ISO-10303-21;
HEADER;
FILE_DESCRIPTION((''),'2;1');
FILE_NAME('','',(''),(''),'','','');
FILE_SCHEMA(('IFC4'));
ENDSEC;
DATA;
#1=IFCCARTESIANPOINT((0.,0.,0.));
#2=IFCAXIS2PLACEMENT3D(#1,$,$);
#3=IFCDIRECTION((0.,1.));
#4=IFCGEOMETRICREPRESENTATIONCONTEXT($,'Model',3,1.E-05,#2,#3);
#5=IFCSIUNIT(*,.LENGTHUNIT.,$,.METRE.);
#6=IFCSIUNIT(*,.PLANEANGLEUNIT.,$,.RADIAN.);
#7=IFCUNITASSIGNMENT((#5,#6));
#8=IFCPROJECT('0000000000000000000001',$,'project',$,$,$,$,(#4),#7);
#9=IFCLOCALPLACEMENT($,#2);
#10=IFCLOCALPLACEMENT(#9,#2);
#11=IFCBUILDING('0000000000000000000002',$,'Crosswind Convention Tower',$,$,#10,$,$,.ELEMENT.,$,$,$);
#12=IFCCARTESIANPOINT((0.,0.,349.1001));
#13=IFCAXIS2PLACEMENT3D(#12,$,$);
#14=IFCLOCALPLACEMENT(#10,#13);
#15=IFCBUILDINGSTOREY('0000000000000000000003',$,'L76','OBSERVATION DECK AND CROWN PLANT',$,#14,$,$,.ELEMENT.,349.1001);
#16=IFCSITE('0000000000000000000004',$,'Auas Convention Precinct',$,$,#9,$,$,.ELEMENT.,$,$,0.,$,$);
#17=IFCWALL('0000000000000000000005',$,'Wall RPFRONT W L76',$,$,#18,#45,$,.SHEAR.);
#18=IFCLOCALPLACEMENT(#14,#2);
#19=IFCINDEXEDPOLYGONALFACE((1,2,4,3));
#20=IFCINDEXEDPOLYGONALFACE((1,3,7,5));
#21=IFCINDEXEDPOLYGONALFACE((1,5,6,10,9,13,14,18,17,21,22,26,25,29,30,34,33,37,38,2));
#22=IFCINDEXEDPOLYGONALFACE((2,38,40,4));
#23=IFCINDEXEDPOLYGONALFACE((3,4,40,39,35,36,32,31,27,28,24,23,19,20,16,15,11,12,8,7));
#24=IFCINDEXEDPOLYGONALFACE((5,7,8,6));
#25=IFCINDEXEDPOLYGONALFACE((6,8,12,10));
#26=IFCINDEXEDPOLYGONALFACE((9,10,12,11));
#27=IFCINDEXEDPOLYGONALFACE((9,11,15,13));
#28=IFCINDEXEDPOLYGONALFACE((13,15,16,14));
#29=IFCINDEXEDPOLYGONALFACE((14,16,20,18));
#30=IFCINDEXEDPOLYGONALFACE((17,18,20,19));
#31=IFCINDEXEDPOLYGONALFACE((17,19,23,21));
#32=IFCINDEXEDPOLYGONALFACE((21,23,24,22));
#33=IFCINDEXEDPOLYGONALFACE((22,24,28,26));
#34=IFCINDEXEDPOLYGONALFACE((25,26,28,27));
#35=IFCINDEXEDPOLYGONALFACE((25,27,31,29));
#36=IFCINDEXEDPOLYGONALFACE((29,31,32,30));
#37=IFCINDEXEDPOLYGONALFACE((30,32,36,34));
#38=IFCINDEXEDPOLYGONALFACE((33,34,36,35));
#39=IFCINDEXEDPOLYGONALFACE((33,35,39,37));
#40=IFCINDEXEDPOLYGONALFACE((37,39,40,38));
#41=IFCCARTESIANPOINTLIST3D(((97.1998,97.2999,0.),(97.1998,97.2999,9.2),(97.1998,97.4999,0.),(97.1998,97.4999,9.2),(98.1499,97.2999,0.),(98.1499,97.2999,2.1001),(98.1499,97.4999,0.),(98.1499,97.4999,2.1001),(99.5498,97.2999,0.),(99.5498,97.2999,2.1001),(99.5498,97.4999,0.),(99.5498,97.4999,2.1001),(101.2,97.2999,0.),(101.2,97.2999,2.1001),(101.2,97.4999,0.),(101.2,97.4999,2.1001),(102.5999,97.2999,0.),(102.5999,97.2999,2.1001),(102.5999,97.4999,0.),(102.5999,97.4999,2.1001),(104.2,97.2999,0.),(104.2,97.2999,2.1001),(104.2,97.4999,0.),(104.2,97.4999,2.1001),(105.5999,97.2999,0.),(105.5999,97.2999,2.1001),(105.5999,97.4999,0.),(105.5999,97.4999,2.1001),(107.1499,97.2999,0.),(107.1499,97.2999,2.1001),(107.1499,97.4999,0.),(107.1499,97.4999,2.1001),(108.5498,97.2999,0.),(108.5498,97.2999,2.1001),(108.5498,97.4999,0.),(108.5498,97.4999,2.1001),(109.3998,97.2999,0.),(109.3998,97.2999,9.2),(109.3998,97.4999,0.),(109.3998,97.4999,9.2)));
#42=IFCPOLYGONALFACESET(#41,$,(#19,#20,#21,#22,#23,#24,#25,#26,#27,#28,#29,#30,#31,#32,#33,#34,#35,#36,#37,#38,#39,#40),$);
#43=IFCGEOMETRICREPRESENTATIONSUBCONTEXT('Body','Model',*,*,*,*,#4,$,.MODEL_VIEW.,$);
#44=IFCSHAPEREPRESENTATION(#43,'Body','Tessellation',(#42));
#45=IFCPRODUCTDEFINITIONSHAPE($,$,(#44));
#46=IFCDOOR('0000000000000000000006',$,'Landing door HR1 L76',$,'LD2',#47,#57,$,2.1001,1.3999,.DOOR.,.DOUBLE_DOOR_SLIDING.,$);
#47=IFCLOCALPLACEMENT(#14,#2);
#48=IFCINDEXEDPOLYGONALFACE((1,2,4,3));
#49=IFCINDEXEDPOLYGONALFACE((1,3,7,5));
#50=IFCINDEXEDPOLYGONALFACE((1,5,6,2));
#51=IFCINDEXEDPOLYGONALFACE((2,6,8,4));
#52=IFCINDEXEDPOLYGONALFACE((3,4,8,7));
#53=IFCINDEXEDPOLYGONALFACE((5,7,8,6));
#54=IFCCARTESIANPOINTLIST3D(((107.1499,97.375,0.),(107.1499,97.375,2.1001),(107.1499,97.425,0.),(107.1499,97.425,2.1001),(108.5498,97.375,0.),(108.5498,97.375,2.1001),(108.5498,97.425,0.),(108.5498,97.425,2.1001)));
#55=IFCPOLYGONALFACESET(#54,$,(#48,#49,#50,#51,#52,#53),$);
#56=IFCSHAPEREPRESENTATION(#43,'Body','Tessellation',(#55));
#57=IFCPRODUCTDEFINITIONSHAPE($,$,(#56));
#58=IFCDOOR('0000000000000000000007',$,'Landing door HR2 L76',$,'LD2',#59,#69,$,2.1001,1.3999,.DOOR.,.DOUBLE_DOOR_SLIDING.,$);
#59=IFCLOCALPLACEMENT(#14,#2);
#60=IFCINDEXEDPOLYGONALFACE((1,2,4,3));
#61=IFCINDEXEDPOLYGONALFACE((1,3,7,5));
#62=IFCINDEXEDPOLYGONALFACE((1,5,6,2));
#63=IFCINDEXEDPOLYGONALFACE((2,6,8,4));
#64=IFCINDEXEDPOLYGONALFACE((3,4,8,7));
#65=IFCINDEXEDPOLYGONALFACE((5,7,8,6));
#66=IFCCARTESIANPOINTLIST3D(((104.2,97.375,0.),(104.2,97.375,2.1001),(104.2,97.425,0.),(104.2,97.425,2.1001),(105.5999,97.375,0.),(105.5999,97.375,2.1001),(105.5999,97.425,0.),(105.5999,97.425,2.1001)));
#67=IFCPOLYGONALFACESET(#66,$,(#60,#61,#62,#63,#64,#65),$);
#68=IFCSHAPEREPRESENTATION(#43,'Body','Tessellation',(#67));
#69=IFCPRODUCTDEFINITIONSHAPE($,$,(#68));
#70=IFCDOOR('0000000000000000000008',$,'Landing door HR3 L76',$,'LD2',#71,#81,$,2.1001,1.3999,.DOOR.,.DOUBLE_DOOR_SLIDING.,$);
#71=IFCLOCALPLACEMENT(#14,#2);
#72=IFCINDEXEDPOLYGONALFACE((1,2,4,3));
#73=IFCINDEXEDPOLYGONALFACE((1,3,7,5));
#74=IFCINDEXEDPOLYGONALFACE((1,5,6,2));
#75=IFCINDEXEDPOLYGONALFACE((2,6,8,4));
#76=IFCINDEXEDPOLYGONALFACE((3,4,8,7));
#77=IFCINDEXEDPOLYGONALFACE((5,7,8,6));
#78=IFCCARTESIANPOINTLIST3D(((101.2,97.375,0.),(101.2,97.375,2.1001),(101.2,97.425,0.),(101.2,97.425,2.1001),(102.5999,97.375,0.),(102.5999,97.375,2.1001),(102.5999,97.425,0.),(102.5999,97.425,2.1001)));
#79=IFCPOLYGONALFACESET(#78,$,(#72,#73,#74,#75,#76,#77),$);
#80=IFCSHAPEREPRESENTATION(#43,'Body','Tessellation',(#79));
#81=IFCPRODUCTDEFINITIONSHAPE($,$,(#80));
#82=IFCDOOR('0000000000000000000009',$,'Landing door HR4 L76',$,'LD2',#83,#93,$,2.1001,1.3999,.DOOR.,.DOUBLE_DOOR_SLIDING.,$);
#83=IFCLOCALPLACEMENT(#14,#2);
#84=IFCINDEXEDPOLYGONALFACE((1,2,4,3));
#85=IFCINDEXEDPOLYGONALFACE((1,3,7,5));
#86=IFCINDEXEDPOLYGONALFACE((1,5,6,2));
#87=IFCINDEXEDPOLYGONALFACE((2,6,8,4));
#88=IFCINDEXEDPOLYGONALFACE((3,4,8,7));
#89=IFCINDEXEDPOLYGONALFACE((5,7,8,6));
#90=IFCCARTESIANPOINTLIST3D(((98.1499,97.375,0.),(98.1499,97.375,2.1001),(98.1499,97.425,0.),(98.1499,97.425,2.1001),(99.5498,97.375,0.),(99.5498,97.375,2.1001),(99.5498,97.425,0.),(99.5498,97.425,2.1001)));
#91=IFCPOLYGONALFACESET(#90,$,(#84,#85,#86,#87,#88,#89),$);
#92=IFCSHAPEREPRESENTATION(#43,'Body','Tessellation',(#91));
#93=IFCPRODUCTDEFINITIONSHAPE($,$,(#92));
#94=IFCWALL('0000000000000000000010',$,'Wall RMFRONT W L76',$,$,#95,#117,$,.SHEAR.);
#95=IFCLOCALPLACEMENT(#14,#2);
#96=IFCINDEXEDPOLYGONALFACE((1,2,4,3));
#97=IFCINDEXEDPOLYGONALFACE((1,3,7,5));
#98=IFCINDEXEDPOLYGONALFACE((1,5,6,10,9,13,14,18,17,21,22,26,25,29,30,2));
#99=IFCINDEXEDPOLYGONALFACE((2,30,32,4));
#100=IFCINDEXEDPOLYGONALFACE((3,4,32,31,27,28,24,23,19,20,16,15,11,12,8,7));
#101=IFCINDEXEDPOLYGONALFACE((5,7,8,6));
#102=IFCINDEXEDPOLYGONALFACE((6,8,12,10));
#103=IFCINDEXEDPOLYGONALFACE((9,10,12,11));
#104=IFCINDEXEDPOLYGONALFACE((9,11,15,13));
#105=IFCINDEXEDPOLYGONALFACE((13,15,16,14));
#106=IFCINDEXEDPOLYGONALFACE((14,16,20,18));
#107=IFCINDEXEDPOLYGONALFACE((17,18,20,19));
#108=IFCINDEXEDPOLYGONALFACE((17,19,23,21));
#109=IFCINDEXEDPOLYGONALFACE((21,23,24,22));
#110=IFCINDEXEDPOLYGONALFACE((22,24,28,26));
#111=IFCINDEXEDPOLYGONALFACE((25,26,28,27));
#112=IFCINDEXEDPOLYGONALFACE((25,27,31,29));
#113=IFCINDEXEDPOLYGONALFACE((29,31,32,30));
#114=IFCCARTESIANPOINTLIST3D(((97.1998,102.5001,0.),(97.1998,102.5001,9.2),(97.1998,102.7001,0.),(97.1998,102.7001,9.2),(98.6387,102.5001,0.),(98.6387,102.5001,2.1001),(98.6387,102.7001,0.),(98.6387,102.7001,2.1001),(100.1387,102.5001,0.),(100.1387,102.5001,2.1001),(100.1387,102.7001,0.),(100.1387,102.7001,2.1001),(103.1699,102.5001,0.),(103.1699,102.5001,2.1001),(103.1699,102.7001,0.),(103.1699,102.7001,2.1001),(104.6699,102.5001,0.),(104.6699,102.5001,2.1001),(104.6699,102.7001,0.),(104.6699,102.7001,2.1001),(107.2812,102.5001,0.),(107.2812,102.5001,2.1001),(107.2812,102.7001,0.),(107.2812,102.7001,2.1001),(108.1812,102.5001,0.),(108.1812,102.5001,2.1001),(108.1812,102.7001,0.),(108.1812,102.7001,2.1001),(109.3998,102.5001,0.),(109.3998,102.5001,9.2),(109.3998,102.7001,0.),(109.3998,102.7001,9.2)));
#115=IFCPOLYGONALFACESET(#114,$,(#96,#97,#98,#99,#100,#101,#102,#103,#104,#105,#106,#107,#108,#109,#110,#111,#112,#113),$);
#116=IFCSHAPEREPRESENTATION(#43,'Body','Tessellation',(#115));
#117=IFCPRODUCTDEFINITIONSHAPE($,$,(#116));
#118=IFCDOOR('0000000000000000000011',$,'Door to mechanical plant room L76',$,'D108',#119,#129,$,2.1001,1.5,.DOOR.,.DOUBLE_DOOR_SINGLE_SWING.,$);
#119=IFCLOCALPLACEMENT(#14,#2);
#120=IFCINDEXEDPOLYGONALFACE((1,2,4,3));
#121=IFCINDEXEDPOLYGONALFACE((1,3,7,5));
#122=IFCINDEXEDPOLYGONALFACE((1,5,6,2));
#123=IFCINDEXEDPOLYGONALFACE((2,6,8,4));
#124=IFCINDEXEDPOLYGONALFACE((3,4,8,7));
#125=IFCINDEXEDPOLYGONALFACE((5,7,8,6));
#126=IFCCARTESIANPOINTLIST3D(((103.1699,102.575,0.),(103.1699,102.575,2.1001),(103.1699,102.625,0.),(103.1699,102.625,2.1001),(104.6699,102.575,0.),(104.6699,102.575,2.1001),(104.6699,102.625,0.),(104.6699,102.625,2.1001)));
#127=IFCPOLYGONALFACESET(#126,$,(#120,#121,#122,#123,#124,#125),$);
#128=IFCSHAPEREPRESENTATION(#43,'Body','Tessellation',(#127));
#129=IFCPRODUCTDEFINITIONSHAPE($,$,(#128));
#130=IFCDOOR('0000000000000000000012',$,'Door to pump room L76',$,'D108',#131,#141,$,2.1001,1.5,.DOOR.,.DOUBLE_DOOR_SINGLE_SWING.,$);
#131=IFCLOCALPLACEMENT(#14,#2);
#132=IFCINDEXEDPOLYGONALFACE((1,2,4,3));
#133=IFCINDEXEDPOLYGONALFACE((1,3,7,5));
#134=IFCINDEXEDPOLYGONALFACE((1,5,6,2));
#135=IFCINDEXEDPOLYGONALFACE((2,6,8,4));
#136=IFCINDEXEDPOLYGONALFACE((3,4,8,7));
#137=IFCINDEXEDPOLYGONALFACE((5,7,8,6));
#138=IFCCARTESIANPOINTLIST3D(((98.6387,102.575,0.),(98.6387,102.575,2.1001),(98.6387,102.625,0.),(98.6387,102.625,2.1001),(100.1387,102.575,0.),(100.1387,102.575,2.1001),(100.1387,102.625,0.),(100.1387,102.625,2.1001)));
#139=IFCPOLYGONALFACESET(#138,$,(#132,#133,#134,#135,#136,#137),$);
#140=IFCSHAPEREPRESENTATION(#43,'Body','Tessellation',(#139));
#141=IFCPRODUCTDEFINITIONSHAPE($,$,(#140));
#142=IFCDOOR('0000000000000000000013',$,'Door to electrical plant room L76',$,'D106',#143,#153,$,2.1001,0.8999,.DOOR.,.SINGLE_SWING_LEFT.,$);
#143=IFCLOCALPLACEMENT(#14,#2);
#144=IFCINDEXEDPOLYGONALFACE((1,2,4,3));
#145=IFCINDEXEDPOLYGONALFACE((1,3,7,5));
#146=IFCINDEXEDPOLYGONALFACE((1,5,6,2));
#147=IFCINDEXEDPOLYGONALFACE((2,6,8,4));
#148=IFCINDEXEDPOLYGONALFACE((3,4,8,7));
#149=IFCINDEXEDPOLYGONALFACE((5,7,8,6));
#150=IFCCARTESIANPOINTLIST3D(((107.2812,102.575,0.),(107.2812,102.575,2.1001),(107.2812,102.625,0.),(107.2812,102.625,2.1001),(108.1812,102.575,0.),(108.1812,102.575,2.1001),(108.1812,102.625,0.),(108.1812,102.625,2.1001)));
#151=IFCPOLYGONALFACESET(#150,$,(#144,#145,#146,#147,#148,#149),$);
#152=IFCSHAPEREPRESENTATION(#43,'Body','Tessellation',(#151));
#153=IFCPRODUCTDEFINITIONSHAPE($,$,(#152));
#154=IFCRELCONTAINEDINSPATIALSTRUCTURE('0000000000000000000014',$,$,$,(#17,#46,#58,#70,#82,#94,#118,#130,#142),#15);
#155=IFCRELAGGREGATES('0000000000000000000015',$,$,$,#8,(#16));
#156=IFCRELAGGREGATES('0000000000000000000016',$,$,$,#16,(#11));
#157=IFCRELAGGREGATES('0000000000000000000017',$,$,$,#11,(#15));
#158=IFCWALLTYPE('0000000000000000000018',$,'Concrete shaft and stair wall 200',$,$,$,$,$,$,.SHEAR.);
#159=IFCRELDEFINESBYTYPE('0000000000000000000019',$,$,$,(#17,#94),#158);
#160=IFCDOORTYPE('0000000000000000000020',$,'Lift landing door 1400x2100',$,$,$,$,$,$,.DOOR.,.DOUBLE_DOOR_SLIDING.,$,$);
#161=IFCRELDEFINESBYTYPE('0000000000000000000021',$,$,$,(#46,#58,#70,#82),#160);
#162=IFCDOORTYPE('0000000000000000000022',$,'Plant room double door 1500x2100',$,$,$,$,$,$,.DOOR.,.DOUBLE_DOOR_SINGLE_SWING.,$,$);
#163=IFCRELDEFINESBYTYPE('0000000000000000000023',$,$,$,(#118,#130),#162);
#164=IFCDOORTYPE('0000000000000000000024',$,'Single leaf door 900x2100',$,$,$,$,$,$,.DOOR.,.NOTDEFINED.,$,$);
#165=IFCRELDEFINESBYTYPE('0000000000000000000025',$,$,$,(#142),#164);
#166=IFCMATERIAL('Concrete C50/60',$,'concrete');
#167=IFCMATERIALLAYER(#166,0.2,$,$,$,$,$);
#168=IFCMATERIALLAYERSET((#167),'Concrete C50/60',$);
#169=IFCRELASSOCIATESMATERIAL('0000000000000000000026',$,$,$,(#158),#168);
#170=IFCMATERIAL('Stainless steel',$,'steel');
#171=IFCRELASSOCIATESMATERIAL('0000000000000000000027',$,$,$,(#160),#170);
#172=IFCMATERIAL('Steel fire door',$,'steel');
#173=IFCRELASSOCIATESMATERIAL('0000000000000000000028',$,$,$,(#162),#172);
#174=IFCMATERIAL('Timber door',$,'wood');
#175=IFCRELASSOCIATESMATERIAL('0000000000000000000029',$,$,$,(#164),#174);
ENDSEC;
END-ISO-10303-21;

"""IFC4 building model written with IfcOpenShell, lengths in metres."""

from ifc_helpers import new_model, si_unit, direction, frame, frame_2d, origin, place, context, subcontext, project, spatial, rectangle, extrude, material, layer, layer_set, type_object, element, fill, save


model = new_model("IFC4")

# Units and contexts
model_context = context("Model", 3, precision=1e-05, world=origin(), true_north=direction((0.0, 1.0)))
body_context = subcontext(model_context, "Body", "Model", "MODEL_VIEW")
ifc_project = project(units=[si_unit("LENGTHUNIT", "METRE"), si_unit("PLANEANGLEUNIT", "RADIAN")], contexts=[model_context])

# Site, building, storey
site_placement = place(None, origin())
site = spatial("IfcSite", under=ifc_project, at=site_placement, Name="Auas Convention Precinct", CompositionType="ELEMENT", RefElevation=0.0)
building_placement = place(site_placement, origin())
building = spatial("IfcBuilding", under=site, at=building_placement, Name="Crosswind Convention Tower", CompositionType="ELEMENT")
storey_placement = place(building_placement, frame((0.0, 0.0, 349.1001)))
storey = spatial("IfcBuildingStorey", under=building, at=storey_placement, Name="L76", Description="OBSERVATION DECK AND CROWN PLANT", CompositionType="ELEMENT", Elevation=349.1001)

# Walls, openings, doors
ifc_material_1 = material(Name="Concrete C50/60", Category="concrete")
ifc_layer_1 = layer(ifc_material_1, 0.2)
ifc_layer_set_1 = layer_set([ifc_layer_1], Name="Concrete C50/60")
wall_type_1 = type_object("IfcWallType", Name="Concrete shaft and stair wall 200", PredefinedType="SHEAR", material=ifc_layer_set_1)
wall_1_placement = place(storey_placement, frame((109.3999, 97.3999, 0.0), z_axis=(0.0, 0.0, 1.0), x_axis=(-1.0, 0.0, 0.0)))
wall_1 = element("IfcWall", 1, at=wall_1_placement, inside=storey, type_object=wall_type_1, Name="Wall RPFRONT W L76", PredefinedType="SHEAR", context=body_context, shape_type="SweptSolid", body=[
    extrude(rectangle(XDim=12.2, YDim=0.2, at=frame_2d((6.1001, 0.0))), origin(), (0.0, 0.0, 1.0), 9.2),
])
opening_1_placement = place(wall_1_placement, frame((0.8501, 0.0, 0.0)))
opening_1 = element("IfcOpeningElement", 2, at=opening_1_placement, cuts=wall_1, PredefinedType="OPENING", context=body_context, shape_type="SweptSolid", body=[
    extrude(rectangle(XDim=1.3999, YDim=2.1001, at=frame_2d((0.7, 1.05))), frame((0.0, 0.1099, 0.0), z_axis=(0.0, -1.0, 0.0), x_axis=(1.0, 0.0, 0.0)), (0.0, 0.0, 1.0), 0.22),
])
opening_2_placement = place(wall_1_placement, frame((3.8, 0.0, 0.0)))
opening_2 = element("IfcOpeningElement", 3, at=opening_2_placement, cuts=wall_1, PredefinedType="OPENING", context=body_context, shape_type="SweptSolid", body=[
    extrude(rectangle(XDim=1.3999, YDim=2.1001, at=frame_2d((0.7, 1.05))), frame((0.0, 0.1099, 0.0), z_axis=(0.0, -1.0, 0.0), x_axis=(1.0, 0.0, 0.0)), (0.0, 0.0, 1.0), 0.22),
])
opening_3_placement = place(wall_1_placement, frame((6.8, 0.0, 0.0)))
opening_3 = element("IfcOpeningElement", 4, at=opening_3_placement, cuts=wall_1, PredefinedType="OPENING", context=body_context, shape_type="SweptSolid", body=[
    extrude(rectangle(XDim=1.3999, YDim=2.1001, at=frame_2d((0.7, 1.05))), frame((0.0, 0.1099, 0.0), z_axis=(0.0, -1.0, 0.0), x_axis=(1.0, 0.0, 0.0)), (0.0, 0.0, 1.0), 0.22),
])
opening_4_placement = place(wall_1_placement, frame((9.8501, 0.0, 0.0)))
opening_4 = element("IfcOpeningElement", 5, at=opening_4_placement, cuts=wall_1, PredefinedType="OPENING", context=body_context, shape_type="SweptSolid", body=[
    extrude(rectangle(XDim=1.3999, YDim=2.1001, at=frame_2d((0.7, 1.05))), frame((0.0, 0.1099, 0.0), z_axis=(0.0, -1.0, 0.0), x_axis=(1.0, 0.0, 0.0)), (0.0, 0.0, 1.0), 0.22),
])
ifc_material_2 = material(Name="Stainless steel", Category="steel")
door_type_1 = type_object("IfcDoorType", Name="Lift landing door 1400x2100", OperationType="DOUBLE_DOOR_SLIDING", PredefinedType="DOOR", material=ifc_material_2)
door_1_placement = place(opening_1_placement, origin())
door_1 = element("IfcDoor", 6, at=door_1_placement, inside=storey, type_object=door_type_1, Name="Landing door HR1 L76", ObjectType="LD2", OperationType="DOUBLE_DOOR_SLIDING", OverallHeight=2.1001, OverallWidth=1.3999, PredefinedType="DOOR", context=body_context, shape_type="SweptSolid", body=[
    extrude(rectangle(XDim=1.3999, YDim=2.1001, at=frame_2d((0.7, 1.05))), frame((0.0, 0.0249, 0.0), z_axis=(0.0, -1.0, 0.0), x_axis=(1.0, 0.0, 0.0)), (0.0, 0.0, 1.0), 0.05),
])
fill(opening_1, door_1)
door_2_placement = place(opening_2_placement, origin())
door_2 = element("IfcDoor", 7, at=door_2_placement, inside=storey, type_object=door_type_1, Name="Landing door HR2 L76", ObjectType="LD2", OperationType="DOUBLE_DOOR_SLIDING", OverallHeight=2.1001, OverallWidth=1.3999, PredefinedType="DOOR", context=body_context, shape_type="SweptSolid", body=[
    extrude(rectangle(XDim=1.3999, YDim=2.1001, at=frame_2d((0.7, 1.05))), frame((0.0, 0.0249, 0.0), z_axis=(0.0, -1.0, 0.0), x_axis=(1.0, 0.0, 0.0)), (0.0, 0.0, 1.0), 0.05),
])
fill(opening_2, door_2)
door_3_placement = place(opening_3_placement, origin())
door_3 = element("IfcDoor", 8, at=door_3_placement, inside=storey, type_object=door_type_1, Name="Landing door HR3 L76", ObjectType="LD2", OperationType="DOUBLE_DOOR_SLIDING", OverallHeight=2.1001, OverallWidth=1.3999, PredefinedType="DOOR", context=body_context, shape_type="SweptSolid", body=[
    extrude(rectangle(XDim=1.3999, YDim=2.1001, at=frame_2d((0.7, 1.05))), frame((0.0, 0.0249, 0.0), z_axis=(0.0, -1.0, 0.0), x_axis=(1.0, 0.0, 0.0)), (0.0, 0.0, 1.0), 0.05),
])
fill(opening_3, door_3)
door_4_placement = place(opening_4_placement, origin())
door_4 = element("IfcDoor", 9, at=door_4_placement, inside=storey, type_object=door_type_1, Name="Landing door HR4 L76", ObjectType="LD2", OperationType="DOUBLE_DOOR_SLIDING", OverallHeight=2.1001, OverallWidth=1.3999, PredefinedType="DOOR", context=body_context, shape_type="SweptSolid", body=[
    extrude(rectangle(XDim=1.3999, YDim=2.1001, at=frame_2d((0.7, 1.05))), frame((0.0, 0.0249, 0.0), z_axis=(0.0, -1.0, 0.0), x_axis=(1.0, 0.0, 0.0)), (0.0, 0.0, 1.0), 0.05),
])
fill(opening_4, door_4)
wall_2_placement = place(storey_placement, frame((109.3999, 102.6001, 0.0), z_axis=(0.0, 0.0, 1.0), x_axis=(-1.0, 0.0, 0.0)))
wall_2 = element("IfcWall", 10, at=wall_2_placement, inside=storey, type_object=wall_type_1, Name="Wall RMFRONT W L76", PredefinedType="SHEAR", context=body_context, shape_type="SweptSolid", body=[
    extrude(rectangle(XDim=12.2, YDim=0.2, at=frame_2d((6.1001, 0.0))), origin(), (0.0, 0.0, 1.0), 9.2),
])
opening_5_placement = place(wall_2_placement, frame((1.2188, 0.0, 0.0)))
opening_5 = element("IfcOpeningElement", 11, at=opening_5_placement, cuts=wall_2, PredefinedType="OPENING", context=body_context, shape_type="SweptSolid", body=[
    extrude(rectangle(XDim=0.8999, YDim=2.1001, at=frame_2d((0.45, 1.05))), frame((0.0, 0.1099, 0.0), z_axis=(0.0, -1.0, 0.0), x_axis=(1.0, 0.0, 0.0)), (0.0, 0.0, 1.0), 0.22),
])
opening_6_placement = place(wall_2_placement, frame((4.73, 0.0, 0.0)))
opening_6 = element("IfcOpeningElement", 12, at=opening_6_placement, cuts=wall_2, PredefinedType="OPENING", context=body_context, shape_type="SweptSolid", body=[
    extrude(rectangle(XDim=1.5, YDim=2.1001, at=frame_2d((0.75, 1.05))), frame((0.0, 0.1099, 0.0), z_axis=(0.0, -1.0, 0.0), x_axis=(1.0, 0.0, 0.0)), (0.0, 0.0, 1.0), 0.22),
])
opening_7_placement = place(wall_2_placement, frame((9.2612, 0.0, 0.0)))
opening_7 = element("IfcOpeningElement", 13, at=opening_7_placement, cuts=wall_2, PredefinedType="OPENING", context=body_context, shape_type="SweptSolid", body=[
    extrude(rectangle(XDim=1.5, YDim=2.1001, at=frame_2d((0.75, 1.05))), frame((0.0, 0.1099, 0.0), z_axis=(0.0, -1.0, 0.0), x_axis=(1.0, 0.0, 0.0)), (0.0, 0.0, 1.0), 0.22),
])
ifc_material_3 = material(Name="Steel fire door", Category="steel")
door_type_2 = type_object("IfcDoorType", Name="Plant room double door 1500x2100", OperationType="DOUBLE_DOOR_SINGLE_SWING", PredefinedType="DOOR", material=ifc_material_3)
door_5_placement = place(opening_6_placement, frame((1.5, 0.0, 0.0), z_axis=(0.0, 0.0, 1.0), x_axis=(-1.0, 0.0, 0.0)))
door_5 = element("IfcDoor", 14, at=door_5_placement, inside=storey, type_object=door_type_2, Name="Door to mechanical plant room L76", ObjectType="D108", OperationType="DOUBLE_DOOR_SINGLE_SWING", OverallHeight=2.1001, OverallWidth=1.5, PredefinedType="DOOR", context=body_context, shape_type="SweptSolid", body=[
    extrude(rectangle(XDim=1.5, YDim=2.1001, at=frame_2d((0.75, 1.05))), frame((0.0, 0.0249, 0.0), z_axis=(0.0, -1.0, 0.0), x_axis=(1.0, 0.0, 0.0)), (0.0, 0.0, 1.0), 0.05),
])
fill(opening_6, door_5)
door_6_placement = place(opening_7_placement, frame((1.5, 0.0, 0.0), z_axis=(0.0, 0.0, 1.0), x_axis=(-1.0, 0.0, 0.0)))
door_6 = element("IfcDoor", 15, at=door_6_placement, inside=storey, type_object=door_type_2, Name="Door to pump room L76", ObjectType="D108", OperationType="DOUBLE_DOOR_SINGLE_SWING", OverallHeight=2.1001, OverallWidth=1.5, PredefinedType="DOOR", context=body_context, shape_type="SweptSolid", body=[
    extrude(rectangle(XDim=1.5, YDim=2.1001, at=frame_2d((0.75, 1.05))), frame((0.0, 0.0249, 0.0), z_axis=(0.0, -1.0, 0.0), x_axis=(1.0, 0.0, 0.0)), (0.0, 0.0, 1.0), 0.05),
])
fill(opening_7, door_6)
ifc_material_4 = material(Name="Timber door", Category="wood")
door_type_3 = type_object("IfcDoorType", Name="Single leaf door 900x2100", OperationType="NOTDEFINED", PredefinedType="DOOR", material=ifc_material_4)
door_7_placement = place(opening_5_placement, frame((0.8999, 0.0, 0.0), z_axis=(0.0, 0.0, 1.0), x_axis=(-1.0, 0.0, 0.0)))
door_7 = element("IfcDoor", 16, at=door_7_placement, inside=storey, type_object=door_type_3, Name="Door to electrical plant room L76", ObjectType="D106", OperationType="SINGLE_SWING_LEFT", OverallHeight=2.1001, OverallWidth=0.8999, PredefinedType="DOOR", context=body_context, shape_type="SweptSolid", body=[
    extrude(rectangle(XDim=0.8999, YDim=2.1001, at=frame_2d((0.45, 1.05))), frame((0.0, 0.0249, 0.0), z_axis=(0.0, -1.0, 0.0), x_axis=(1.0, 0.0, 0.0)), (0.0, 0.0, 1.0), 0.05),
])
fill(opening_5, door_7)

save(model, "model.ifc")
